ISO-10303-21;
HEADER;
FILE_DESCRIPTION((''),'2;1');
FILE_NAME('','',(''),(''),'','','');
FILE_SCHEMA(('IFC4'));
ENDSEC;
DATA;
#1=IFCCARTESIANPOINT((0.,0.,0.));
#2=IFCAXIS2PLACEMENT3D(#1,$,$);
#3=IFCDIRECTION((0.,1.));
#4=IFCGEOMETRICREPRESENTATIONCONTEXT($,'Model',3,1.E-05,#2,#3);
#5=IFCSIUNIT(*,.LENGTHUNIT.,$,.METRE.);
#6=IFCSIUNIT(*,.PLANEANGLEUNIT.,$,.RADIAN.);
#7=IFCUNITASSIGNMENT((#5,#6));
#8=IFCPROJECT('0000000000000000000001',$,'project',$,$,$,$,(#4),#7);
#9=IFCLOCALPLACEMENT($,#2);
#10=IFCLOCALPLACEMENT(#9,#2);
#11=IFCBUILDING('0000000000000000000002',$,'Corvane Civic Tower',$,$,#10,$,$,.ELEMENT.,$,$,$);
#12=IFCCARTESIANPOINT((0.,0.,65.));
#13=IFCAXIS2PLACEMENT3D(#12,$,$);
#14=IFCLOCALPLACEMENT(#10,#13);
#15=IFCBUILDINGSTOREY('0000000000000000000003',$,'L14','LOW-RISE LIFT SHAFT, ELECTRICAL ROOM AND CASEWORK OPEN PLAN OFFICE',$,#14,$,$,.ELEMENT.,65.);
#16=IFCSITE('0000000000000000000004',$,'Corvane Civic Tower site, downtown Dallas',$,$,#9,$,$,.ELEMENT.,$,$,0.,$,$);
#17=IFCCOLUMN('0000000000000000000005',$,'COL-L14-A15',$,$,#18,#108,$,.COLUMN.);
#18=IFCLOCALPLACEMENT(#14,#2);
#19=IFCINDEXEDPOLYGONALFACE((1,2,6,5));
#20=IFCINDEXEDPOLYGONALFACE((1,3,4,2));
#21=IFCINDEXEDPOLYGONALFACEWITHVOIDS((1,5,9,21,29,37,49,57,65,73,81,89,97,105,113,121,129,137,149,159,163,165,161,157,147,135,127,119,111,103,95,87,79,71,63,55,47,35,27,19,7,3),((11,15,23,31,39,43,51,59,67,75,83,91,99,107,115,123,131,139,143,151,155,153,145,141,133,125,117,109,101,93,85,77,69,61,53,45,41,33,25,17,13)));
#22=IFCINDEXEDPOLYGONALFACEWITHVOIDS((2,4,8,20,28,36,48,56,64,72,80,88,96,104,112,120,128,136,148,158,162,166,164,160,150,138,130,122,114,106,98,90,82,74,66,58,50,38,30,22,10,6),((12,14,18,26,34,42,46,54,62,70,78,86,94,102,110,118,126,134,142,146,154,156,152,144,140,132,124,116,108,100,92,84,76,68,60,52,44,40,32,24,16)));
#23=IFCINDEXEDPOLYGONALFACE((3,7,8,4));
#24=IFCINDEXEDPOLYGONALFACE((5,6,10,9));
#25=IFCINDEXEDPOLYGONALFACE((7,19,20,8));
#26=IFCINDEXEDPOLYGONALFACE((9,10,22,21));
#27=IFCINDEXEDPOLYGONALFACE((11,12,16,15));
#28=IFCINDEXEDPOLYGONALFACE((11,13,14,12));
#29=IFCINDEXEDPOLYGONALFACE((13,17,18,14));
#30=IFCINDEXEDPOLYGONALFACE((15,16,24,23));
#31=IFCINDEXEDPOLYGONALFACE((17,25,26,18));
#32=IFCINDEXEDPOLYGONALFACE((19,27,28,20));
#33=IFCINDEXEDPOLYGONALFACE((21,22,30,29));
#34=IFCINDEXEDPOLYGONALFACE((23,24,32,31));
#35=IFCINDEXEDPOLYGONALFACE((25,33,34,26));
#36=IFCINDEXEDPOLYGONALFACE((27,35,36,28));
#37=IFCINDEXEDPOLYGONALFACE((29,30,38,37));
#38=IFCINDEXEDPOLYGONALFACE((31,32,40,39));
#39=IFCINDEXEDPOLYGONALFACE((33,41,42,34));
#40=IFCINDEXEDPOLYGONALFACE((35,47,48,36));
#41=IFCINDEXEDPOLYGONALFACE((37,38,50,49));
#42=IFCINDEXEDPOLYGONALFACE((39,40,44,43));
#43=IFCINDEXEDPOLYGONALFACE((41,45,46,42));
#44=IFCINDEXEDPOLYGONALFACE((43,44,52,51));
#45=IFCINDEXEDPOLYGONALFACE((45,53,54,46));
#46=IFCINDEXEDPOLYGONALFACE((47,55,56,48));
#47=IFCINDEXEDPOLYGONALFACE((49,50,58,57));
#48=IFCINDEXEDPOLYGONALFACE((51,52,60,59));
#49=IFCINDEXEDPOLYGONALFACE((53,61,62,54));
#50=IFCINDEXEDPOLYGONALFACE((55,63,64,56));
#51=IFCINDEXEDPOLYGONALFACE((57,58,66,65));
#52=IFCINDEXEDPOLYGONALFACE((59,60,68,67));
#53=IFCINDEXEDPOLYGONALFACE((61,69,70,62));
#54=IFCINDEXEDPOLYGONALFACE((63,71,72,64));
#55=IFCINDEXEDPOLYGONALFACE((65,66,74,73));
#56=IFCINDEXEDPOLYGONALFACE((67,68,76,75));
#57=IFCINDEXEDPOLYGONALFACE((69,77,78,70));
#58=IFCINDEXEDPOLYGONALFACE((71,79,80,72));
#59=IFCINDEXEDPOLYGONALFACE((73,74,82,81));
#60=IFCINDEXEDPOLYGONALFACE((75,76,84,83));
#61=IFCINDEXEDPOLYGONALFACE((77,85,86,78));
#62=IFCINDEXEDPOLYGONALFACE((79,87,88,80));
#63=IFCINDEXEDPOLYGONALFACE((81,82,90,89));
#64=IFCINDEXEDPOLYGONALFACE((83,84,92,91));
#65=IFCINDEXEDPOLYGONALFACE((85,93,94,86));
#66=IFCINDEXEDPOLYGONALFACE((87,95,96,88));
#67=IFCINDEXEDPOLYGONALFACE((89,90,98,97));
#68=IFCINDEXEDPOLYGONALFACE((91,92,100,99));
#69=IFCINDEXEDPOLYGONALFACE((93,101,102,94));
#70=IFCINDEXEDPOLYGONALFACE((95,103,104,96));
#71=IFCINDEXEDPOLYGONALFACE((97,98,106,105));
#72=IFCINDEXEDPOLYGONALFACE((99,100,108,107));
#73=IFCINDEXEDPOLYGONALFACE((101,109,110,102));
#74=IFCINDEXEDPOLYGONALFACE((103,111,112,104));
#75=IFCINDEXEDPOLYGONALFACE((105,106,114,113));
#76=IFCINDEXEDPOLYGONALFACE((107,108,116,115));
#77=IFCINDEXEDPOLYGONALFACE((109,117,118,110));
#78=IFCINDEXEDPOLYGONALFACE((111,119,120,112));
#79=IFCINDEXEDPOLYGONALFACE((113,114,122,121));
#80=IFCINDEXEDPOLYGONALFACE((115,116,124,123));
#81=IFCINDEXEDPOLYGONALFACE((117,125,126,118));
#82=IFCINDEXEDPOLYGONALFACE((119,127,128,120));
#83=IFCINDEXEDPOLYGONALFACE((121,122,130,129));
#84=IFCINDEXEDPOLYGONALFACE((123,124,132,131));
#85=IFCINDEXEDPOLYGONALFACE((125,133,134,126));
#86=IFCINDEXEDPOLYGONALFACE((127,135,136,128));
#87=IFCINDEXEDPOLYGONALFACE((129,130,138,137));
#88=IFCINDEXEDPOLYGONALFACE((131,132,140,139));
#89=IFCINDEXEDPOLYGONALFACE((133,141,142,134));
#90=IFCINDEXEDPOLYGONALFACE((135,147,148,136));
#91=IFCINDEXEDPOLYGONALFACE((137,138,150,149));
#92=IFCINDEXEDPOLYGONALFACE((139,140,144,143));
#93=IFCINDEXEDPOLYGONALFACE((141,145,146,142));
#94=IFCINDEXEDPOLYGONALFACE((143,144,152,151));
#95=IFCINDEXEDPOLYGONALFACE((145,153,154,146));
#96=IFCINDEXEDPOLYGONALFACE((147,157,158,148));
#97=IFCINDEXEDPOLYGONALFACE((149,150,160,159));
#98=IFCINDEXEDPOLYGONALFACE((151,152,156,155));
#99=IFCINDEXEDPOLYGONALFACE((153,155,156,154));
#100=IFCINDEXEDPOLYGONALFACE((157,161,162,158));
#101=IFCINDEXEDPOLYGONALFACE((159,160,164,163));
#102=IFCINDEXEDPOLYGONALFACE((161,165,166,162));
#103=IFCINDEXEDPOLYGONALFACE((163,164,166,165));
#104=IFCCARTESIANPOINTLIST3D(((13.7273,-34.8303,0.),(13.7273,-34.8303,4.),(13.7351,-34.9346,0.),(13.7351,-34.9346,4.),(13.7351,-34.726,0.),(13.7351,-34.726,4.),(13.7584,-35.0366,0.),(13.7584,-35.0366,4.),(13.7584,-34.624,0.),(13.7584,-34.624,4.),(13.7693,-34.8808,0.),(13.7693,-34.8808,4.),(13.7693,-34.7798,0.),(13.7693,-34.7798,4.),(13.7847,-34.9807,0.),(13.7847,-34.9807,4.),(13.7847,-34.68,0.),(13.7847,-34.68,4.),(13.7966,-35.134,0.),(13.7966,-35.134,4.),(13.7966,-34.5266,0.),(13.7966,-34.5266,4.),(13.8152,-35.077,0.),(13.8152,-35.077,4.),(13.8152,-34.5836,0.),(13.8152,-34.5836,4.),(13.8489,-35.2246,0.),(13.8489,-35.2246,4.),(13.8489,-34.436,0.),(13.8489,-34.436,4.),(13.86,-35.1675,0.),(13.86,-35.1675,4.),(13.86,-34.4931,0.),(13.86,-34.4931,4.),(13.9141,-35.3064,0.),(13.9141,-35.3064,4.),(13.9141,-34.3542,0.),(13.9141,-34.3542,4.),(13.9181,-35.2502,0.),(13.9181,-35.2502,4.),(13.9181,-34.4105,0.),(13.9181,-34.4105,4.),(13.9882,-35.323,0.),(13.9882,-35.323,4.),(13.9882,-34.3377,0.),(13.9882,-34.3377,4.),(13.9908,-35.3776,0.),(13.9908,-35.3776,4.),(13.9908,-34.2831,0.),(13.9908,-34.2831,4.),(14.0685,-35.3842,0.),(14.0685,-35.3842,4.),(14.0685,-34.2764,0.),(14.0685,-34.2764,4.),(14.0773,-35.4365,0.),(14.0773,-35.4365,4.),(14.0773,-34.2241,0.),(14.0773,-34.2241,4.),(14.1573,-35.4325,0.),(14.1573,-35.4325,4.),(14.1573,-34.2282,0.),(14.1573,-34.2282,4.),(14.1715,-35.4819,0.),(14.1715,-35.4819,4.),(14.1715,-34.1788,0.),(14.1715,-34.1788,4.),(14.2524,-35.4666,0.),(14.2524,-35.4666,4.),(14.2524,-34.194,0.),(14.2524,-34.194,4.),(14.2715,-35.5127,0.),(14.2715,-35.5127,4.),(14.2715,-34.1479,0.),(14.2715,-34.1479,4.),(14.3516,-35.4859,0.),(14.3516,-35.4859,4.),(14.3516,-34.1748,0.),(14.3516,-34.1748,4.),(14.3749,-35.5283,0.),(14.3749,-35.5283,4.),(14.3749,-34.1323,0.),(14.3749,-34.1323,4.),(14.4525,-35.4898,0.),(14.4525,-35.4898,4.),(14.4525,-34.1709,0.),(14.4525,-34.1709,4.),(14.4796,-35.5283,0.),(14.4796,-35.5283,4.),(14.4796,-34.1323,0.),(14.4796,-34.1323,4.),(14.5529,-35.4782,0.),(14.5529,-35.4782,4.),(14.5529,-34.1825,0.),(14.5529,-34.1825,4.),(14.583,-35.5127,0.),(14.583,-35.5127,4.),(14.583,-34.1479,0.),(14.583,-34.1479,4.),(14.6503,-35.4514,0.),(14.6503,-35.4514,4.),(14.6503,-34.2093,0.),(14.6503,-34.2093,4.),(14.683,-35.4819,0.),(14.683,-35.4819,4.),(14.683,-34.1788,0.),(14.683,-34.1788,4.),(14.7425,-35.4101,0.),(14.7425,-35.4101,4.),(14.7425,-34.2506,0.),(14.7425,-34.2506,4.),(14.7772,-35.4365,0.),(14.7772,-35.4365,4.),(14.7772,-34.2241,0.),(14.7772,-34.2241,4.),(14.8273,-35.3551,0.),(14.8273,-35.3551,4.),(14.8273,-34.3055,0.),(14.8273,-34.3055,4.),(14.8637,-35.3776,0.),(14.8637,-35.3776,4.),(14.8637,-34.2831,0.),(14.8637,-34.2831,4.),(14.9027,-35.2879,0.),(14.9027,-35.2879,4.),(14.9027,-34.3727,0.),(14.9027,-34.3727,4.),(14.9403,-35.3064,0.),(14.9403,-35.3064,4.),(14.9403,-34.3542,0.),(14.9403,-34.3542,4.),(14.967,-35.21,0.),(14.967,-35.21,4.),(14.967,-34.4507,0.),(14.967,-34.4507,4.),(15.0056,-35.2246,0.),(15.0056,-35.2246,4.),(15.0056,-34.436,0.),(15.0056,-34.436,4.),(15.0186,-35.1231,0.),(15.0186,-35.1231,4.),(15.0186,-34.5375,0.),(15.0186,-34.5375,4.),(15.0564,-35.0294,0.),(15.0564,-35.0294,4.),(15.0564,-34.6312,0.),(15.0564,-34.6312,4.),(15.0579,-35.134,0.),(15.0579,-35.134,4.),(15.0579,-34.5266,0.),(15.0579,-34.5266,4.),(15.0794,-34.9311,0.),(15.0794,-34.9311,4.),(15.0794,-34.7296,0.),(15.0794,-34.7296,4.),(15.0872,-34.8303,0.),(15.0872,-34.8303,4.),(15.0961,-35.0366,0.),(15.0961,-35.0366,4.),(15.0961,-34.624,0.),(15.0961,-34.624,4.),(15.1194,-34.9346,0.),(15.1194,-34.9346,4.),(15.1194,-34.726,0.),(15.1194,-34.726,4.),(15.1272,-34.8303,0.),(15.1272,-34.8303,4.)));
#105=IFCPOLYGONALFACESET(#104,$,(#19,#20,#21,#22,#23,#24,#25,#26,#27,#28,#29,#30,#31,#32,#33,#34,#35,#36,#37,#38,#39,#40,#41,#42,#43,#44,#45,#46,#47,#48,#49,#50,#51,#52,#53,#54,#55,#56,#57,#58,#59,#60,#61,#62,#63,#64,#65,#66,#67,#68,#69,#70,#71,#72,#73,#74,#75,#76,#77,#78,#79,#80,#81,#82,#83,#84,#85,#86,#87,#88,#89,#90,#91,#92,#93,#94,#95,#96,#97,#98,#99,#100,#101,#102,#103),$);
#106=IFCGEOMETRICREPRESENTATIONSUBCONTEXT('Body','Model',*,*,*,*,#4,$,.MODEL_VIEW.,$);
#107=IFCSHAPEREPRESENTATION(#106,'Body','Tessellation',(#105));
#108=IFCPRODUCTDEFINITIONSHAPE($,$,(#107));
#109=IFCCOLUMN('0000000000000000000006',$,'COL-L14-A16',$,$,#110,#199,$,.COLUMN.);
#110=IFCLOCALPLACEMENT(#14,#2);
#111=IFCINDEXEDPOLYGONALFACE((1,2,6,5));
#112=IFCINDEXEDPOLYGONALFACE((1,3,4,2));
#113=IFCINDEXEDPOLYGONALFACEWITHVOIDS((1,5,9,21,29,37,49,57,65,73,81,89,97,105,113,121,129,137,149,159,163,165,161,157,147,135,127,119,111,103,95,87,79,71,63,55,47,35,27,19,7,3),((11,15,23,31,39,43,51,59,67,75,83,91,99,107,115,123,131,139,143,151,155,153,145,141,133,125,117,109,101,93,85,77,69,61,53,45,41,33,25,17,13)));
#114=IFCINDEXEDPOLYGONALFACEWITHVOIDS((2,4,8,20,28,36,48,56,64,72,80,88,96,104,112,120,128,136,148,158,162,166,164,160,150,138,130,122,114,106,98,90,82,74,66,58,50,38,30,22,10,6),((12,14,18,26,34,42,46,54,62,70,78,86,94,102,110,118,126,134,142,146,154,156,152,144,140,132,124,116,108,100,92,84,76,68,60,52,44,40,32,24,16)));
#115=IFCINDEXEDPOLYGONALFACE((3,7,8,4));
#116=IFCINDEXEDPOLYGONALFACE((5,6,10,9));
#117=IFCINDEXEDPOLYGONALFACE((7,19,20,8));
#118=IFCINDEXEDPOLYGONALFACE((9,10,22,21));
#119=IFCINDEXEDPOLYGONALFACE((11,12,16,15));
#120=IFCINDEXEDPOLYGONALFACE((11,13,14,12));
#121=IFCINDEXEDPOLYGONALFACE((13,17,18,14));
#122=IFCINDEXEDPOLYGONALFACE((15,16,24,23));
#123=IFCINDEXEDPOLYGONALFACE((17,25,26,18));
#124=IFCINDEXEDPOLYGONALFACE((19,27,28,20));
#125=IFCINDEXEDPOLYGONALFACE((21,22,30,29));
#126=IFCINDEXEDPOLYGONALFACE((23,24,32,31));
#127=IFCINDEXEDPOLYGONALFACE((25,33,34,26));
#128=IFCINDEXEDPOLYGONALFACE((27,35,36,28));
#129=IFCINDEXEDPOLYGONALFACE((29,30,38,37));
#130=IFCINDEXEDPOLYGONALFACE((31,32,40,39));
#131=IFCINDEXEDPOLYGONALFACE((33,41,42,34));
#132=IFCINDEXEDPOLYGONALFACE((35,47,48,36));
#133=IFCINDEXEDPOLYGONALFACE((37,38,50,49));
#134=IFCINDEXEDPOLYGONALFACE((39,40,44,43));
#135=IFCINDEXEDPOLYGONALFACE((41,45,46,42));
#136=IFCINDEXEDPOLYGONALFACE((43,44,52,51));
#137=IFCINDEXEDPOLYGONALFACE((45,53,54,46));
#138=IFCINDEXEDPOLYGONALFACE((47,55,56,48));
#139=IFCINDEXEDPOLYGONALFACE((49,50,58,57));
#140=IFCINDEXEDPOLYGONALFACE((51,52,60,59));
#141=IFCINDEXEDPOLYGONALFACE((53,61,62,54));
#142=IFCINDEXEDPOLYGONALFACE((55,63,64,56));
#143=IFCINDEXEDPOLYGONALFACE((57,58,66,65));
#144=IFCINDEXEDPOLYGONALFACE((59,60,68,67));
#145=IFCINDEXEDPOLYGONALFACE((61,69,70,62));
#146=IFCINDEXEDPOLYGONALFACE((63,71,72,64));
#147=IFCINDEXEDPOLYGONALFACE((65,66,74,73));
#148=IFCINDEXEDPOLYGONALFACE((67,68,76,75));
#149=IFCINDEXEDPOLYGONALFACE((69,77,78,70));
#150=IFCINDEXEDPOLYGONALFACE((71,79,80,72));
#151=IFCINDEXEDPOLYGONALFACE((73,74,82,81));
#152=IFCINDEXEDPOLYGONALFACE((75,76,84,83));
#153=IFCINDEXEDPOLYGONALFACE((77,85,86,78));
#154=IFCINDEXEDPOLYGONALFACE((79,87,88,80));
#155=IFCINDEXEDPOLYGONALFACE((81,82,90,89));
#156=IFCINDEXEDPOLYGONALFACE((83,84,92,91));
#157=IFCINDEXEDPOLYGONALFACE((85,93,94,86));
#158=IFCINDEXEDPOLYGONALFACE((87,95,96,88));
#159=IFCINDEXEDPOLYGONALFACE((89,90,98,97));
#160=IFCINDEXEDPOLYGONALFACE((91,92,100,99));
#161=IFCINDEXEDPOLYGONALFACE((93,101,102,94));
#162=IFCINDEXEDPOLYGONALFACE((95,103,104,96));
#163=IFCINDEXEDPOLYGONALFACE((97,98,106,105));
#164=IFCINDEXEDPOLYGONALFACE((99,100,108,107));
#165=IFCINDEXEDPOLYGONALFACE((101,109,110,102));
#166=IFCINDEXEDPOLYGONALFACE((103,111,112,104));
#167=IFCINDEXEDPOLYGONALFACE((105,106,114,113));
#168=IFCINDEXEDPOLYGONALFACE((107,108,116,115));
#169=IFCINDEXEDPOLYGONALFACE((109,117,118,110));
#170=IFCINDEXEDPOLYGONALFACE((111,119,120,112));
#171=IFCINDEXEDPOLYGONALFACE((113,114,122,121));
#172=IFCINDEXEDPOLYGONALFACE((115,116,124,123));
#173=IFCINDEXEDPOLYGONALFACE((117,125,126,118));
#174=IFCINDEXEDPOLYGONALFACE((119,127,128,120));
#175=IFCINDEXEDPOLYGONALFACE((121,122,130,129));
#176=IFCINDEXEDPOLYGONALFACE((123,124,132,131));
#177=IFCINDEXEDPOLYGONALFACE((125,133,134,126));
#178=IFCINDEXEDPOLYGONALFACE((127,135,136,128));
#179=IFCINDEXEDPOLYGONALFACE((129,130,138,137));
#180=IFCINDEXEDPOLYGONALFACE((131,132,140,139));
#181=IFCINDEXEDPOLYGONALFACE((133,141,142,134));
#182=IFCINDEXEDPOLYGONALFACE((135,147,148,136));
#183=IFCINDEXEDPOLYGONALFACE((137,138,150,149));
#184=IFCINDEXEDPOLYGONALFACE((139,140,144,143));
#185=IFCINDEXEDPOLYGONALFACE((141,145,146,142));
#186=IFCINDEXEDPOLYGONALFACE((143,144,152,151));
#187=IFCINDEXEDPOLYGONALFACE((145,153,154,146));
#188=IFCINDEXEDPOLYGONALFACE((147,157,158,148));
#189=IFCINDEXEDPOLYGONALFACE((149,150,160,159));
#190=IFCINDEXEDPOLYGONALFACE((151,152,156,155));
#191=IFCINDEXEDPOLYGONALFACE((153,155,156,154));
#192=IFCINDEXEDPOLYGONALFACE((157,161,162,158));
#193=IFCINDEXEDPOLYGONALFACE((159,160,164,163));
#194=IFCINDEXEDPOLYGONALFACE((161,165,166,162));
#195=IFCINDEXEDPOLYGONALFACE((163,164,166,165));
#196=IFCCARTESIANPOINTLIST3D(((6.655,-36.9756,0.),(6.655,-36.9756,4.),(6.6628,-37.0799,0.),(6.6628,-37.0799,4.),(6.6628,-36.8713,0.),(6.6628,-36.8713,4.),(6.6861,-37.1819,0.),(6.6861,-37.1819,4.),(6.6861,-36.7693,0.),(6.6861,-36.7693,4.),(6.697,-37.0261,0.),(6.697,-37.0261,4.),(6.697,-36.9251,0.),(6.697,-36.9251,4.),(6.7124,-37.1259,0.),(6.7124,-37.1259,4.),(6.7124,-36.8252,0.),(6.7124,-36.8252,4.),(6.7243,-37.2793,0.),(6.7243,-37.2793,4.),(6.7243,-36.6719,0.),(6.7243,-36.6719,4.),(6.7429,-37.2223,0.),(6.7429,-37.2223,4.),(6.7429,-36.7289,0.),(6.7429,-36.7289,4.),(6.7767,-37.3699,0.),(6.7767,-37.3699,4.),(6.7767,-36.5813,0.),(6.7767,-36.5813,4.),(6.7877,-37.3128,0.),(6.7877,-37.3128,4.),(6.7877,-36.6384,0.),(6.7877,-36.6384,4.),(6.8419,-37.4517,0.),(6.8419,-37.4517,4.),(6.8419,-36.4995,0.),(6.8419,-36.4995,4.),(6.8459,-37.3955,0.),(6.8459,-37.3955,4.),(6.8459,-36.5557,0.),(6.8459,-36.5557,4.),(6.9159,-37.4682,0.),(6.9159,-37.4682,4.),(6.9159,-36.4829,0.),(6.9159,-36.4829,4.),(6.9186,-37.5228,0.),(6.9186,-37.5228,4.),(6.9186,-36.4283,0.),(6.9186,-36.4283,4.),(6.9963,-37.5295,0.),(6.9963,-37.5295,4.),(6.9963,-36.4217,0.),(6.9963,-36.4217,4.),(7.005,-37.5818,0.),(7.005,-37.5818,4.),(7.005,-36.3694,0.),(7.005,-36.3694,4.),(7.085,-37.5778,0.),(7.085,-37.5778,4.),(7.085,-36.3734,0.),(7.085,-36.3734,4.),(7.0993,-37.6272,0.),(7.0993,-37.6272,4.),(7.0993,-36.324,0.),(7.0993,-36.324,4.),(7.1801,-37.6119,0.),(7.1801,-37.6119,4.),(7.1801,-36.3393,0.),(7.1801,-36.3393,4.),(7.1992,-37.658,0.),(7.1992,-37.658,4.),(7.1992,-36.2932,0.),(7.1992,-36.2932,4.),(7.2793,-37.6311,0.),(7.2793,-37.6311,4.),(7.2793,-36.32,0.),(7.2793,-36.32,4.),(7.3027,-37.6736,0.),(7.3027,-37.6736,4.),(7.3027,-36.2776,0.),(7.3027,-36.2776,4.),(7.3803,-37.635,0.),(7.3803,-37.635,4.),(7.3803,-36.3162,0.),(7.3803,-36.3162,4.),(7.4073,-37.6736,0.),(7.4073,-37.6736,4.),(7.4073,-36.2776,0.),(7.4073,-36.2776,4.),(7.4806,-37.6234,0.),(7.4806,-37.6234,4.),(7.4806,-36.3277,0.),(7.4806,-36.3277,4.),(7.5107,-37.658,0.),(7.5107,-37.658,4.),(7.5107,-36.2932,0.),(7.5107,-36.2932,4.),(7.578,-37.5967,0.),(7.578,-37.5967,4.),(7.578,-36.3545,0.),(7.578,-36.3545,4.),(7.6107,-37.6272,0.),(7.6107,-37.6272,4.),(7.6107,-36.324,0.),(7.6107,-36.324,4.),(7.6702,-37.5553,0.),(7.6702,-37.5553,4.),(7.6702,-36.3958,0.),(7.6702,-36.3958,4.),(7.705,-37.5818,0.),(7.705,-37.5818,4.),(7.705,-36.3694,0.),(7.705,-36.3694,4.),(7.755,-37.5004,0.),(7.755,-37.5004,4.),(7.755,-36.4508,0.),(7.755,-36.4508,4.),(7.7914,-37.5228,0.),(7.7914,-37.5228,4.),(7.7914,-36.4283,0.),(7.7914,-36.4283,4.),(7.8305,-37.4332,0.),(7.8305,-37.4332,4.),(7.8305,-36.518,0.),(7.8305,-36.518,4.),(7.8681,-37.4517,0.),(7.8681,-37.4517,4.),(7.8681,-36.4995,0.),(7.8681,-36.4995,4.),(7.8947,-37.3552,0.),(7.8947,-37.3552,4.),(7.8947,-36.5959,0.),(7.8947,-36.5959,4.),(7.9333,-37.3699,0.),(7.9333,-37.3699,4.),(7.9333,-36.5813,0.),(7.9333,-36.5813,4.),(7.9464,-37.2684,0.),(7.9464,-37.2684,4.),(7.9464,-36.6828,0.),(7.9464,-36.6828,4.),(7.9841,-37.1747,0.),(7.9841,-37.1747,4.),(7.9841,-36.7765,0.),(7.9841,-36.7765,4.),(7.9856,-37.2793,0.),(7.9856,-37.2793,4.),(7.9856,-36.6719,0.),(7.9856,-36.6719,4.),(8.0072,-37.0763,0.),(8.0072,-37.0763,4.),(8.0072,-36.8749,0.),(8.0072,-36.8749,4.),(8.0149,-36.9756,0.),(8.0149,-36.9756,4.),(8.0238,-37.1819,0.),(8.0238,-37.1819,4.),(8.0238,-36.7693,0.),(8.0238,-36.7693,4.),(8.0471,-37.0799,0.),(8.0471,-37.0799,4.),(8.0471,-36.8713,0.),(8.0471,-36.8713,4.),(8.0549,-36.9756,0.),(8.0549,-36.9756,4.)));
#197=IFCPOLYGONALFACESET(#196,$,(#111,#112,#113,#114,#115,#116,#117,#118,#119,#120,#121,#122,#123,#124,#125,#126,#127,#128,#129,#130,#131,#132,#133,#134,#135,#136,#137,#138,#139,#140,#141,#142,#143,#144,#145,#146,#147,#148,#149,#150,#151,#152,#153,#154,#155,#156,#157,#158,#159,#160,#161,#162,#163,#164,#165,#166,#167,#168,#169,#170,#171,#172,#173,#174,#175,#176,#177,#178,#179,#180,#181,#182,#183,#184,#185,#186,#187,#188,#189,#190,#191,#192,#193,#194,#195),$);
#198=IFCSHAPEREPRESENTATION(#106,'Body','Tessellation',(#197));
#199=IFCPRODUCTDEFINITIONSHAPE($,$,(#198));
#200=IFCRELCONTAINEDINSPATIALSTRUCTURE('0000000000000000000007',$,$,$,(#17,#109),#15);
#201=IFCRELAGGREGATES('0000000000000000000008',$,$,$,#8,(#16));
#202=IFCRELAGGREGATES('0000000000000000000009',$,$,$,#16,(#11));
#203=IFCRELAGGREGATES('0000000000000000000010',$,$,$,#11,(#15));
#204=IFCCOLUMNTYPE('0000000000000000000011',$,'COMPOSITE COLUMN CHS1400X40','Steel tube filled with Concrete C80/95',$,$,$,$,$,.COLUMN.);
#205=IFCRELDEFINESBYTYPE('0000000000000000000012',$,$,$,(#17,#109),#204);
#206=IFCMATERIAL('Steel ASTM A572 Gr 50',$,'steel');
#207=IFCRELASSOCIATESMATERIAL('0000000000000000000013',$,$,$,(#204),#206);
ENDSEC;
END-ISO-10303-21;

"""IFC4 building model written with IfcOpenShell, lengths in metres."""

from ifc_helpers import new_model, si_unit, direction, frame, origin, origin_2d, place, context, subcontext, project, spatial, hollow_circle, extrude, material, material_profile, profile_set, type_object, element, save


model = new_model("IFC4")

# Units and contexts
model_context = context("Model", 3, precision=1e-05, world=origin(), true_north=direction((0.0, 1.0)))
body_context = subcontext(model_context, "Body", "Model", "MODEL_VIEW")
ifc_project = project(units=[si_unit("LENGTHUNIT", "METRE"), si_unit("PLANEANGLEUNIT", "RADIAN")], contexts=[model_context])

# Site, building, storey
site_placement = place(None, origin())
site = spatial("IfcSite", under=ifc_project, at=site_placement, Name="Corvane Civic Tower site, downtown Dallas", CompositionType="ELEMENT", RefElevation=0.0)
building_placement = place(site_placement, origin())
building = spatial("IfcBuilding", under=site, at=building_placement, Name="Corvane Civic Tower", CompositionType="ELEMENT")
storey_placement = place(building_placement, frame((0.0, 0.0, 65.0)))
storey = spatial("IfcBuildingStorey", under=building, at=storey_placement, Name="L14", Description="LOW-RISE LIFT SHAFT, ELECTRICAL ROOM AND CASEWORK OPEN PLAN OFFICE", CompositionType="ELEMENT", Elevation=65.0)

# Columns
ifc_material_1 = material(Name="Steel ASTM A572 Gr 50", Category="steel")
ifc_material_profile_1 = material_profile(ifc_material_1, hollow_circle(Radius=0.7, WallThickness=0.04, at=origin_2d()), Name="CHS1400X40")
ifc_profile_set_1 = profile_set([ifc_material_profile_1], Name="Steel ASTM A572 Gr 50")
column_type = type_object("IfcColumnType", Name="COMPOSITE COLUMN CHS1400X40", Description="Steel tube filled with Concrete C80/95", PredefinedType="COLUMN", material=ifc_profile_set_1)
for number, where, z_axis, x_axis, name in (
    (1, (14.4272, -34.8303, 0.0), (0.0, 0.0, 1.0), (1.0, 0.0, 0.0), "COL-L14-A15"),
    (2, (7.355, -36.9756, 0.0), (0.0, 0.0, 1.0), (1.0, 0.0, 0.0), "COL-L14-A16"),
):
    element("IfcColumn", number, at=place(storey_placement, frame(where, z_axis=z_axis, x_axis=x_axis)), inside=storey, type_object=column_type, Name=name, PredefinedType="COLUMN", context=body_context, shape_type="SweptSolid", body=[
        extrude(hollow_circle(Radius=0.7, WallThickness=0.04, at=origin_2d()), origin(), (0.0, 0.0, 1.0), 4.0),
    ])

save(model, "model.ifc")
